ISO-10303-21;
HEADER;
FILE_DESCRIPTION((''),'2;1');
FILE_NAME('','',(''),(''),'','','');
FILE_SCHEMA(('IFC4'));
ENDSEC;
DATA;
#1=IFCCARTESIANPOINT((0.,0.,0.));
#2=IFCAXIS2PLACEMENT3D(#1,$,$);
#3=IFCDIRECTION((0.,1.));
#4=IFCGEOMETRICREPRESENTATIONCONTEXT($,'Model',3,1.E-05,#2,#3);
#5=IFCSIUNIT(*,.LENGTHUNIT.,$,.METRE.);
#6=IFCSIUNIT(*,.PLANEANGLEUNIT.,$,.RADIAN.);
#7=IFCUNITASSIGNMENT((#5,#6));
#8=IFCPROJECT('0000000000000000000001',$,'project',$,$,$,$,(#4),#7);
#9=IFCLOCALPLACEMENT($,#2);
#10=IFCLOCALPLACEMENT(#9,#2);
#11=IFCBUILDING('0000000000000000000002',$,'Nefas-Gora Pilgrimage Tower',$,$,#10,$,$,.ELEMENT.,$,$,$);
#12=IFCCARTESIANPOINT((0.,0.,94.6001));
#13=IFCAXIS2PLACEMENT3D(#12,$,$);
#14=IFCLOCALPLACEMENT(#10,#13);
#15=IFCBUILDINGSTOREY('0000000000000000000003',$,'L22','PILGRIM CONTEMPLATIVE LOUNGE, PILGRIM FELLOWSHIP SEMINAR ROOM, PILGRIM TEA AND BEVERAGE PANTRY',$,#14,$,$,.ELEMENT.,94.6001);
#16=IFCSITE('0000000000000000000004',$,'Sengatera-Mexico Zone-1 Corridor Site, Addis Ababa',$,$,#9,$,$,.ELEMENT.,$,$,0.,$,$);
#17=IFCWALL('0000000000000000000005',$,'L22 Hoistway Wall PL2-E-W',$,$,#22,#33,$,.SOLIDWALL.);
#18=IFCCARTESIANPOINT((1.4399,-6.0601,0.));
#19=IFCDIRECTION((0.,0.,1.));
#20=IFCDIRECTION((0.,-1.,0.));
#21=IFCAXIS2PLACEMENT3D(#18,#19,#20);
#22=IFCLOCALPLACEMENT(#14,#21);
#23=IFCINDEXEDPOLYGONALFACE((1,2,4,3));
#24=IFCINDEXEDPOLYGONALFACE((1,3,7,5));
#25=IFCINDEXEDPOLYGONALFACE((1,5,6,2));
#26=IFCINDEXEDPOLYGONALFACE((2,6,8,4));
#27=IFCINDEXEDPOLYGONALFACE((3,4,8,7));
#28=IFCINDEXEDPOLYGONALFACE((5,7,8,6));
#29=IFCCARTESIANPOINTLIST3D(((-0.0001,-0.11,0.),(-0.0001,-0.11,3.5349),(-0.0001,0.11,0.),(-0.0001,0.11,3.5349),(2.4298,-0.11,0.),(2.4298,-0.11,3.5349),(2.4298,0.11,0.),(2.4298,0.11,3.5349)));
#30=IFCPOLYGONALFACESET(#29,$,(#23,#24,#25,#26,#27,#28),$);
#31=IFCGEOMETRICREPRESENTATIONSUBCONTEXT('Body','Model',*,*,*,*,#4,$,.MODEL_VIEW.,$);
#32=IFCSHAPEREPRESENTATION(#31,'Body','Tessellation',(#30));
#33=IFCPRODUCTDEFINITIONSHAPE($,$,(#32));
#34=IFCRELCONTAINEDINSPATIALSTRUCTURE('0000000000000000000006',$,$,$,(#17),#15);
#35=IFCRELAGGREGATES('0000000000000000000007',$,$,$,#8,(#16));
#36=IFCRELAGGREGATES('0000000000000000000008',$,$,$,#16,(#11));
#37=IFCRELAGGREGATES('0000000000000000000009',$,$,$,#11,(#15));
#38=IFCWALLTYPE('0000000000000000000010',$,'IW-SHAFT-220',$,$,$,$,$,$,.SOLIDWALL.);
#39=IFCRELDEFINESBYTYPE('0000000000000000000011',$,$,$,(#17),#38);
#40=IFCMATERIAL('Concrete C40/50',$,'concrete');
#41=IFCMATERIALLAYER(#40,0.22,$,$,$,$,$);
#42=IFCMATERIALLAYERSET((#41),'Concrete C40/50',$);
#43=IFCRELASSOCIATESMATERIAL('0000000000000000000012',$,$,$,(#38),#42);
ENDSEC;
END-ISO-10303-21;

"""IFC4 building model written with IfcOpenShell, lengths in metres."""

from ifc_helpers import new_model, si_unit, direction, frame, frame_2d, origin, place, context, subcontext, project, spatial, rectangle, extrude, source, transform, mapped, material, layer, layer_set, type_object, element, save


model = new_model("IFC4")

# Units and contexts
model_context = context("Model", 3, precision=1e-05, world=origin(), true_north=direction((0.0, 1.0)))
body_context = subcontext(model_context, "Body", "Model", "MODEL_VIEW")
ifc_project = project(units=[si_unit("LENGTHUNIT", "METRE"), si_unit("PLANEANGLEUNIT", "RADIAN")], contexts=[model_context])

# Site, building, storey
site_placement = place(None, origin())
site = spatial("IfcSite", under=ifc_project, at=site_placement, Name="Sengatera-Mexico Zone-1 Corridor Site, Addis Ababa", CompositionType="ELEMENT", RefElevation=0.0)
building_placement = place(site_placement, origin())
building = spatial("IfcBuilding", under=site, at=building_placement, Name="Nefas-Gora Pilgrimage Tower", CompositionType="ELEMENT")
storey_placement = place(building_placement, frame((0.0, 0.0, 94.6001)))
storey = spatial("IfcBuildingStorey", under=building, at=storey_placement, Name="L22", Description="PILGRIM CONTEMPLATIVE LOUNGE, PILGRIM FELLOWSHIP SEMINAR ROOM, PILGRIM TEA AND BEVERAGE PANTRY", CompositionType="ELEMENT", Elevation=94.6001)

# Shared definitions
ifc_material_1 = material(Name="Concrete C40/50", Category="concrete")
ifc_layer_1 = layer(ifc_material_1, 0.22)
ifc_layer_set_1 = layer_set([ifc_layer_1], Name="Concrete C40/50")
wall_type_1 = type_object("IfcWallType", Name="IW-SHAFT-220", PredefinedType="SOLIDWALL", material=ifc_layer_set_1)

# Wall
shared_shape_1 = source(origin(), body_context, "Body", "SweptSolid", [
    extrude(rectangle(XDim=2.4299, YDim=0.22, at=frame_2d((1.2148, 0.0))), origin(), (0.0, 0.0, 1.0), 3.5349),
])
for number, where, z_axis, x_axis, name in (
    (1, (1.4399, -6.0601, 0.0), (0.0, 0.0, 1.0), (0.0, -1.0, 0.0), "L22 Hoistway Wall PL2-E-W"),
):
    element("IfcWall", number, at=place(storey_placement, frame(where, z_axis=z_axis, x_axis=x_axis)), inside=storey, type_object=wall_type_1, Name=name, PredefinedType="SOLIDWALL", context=body_context, shape_type="MappedRepresentation", body=[
        mapped(shared_shape_1, transform((0.0, 0.0, 0.0), x_axis=(1.0, 0.0, 0.0), y_axis=(0.0, 1.0, 0.0), z_axis=(0.0, 0.0, 1.0), scale=1.0)),
    ])

save(model, "model.ifc")
